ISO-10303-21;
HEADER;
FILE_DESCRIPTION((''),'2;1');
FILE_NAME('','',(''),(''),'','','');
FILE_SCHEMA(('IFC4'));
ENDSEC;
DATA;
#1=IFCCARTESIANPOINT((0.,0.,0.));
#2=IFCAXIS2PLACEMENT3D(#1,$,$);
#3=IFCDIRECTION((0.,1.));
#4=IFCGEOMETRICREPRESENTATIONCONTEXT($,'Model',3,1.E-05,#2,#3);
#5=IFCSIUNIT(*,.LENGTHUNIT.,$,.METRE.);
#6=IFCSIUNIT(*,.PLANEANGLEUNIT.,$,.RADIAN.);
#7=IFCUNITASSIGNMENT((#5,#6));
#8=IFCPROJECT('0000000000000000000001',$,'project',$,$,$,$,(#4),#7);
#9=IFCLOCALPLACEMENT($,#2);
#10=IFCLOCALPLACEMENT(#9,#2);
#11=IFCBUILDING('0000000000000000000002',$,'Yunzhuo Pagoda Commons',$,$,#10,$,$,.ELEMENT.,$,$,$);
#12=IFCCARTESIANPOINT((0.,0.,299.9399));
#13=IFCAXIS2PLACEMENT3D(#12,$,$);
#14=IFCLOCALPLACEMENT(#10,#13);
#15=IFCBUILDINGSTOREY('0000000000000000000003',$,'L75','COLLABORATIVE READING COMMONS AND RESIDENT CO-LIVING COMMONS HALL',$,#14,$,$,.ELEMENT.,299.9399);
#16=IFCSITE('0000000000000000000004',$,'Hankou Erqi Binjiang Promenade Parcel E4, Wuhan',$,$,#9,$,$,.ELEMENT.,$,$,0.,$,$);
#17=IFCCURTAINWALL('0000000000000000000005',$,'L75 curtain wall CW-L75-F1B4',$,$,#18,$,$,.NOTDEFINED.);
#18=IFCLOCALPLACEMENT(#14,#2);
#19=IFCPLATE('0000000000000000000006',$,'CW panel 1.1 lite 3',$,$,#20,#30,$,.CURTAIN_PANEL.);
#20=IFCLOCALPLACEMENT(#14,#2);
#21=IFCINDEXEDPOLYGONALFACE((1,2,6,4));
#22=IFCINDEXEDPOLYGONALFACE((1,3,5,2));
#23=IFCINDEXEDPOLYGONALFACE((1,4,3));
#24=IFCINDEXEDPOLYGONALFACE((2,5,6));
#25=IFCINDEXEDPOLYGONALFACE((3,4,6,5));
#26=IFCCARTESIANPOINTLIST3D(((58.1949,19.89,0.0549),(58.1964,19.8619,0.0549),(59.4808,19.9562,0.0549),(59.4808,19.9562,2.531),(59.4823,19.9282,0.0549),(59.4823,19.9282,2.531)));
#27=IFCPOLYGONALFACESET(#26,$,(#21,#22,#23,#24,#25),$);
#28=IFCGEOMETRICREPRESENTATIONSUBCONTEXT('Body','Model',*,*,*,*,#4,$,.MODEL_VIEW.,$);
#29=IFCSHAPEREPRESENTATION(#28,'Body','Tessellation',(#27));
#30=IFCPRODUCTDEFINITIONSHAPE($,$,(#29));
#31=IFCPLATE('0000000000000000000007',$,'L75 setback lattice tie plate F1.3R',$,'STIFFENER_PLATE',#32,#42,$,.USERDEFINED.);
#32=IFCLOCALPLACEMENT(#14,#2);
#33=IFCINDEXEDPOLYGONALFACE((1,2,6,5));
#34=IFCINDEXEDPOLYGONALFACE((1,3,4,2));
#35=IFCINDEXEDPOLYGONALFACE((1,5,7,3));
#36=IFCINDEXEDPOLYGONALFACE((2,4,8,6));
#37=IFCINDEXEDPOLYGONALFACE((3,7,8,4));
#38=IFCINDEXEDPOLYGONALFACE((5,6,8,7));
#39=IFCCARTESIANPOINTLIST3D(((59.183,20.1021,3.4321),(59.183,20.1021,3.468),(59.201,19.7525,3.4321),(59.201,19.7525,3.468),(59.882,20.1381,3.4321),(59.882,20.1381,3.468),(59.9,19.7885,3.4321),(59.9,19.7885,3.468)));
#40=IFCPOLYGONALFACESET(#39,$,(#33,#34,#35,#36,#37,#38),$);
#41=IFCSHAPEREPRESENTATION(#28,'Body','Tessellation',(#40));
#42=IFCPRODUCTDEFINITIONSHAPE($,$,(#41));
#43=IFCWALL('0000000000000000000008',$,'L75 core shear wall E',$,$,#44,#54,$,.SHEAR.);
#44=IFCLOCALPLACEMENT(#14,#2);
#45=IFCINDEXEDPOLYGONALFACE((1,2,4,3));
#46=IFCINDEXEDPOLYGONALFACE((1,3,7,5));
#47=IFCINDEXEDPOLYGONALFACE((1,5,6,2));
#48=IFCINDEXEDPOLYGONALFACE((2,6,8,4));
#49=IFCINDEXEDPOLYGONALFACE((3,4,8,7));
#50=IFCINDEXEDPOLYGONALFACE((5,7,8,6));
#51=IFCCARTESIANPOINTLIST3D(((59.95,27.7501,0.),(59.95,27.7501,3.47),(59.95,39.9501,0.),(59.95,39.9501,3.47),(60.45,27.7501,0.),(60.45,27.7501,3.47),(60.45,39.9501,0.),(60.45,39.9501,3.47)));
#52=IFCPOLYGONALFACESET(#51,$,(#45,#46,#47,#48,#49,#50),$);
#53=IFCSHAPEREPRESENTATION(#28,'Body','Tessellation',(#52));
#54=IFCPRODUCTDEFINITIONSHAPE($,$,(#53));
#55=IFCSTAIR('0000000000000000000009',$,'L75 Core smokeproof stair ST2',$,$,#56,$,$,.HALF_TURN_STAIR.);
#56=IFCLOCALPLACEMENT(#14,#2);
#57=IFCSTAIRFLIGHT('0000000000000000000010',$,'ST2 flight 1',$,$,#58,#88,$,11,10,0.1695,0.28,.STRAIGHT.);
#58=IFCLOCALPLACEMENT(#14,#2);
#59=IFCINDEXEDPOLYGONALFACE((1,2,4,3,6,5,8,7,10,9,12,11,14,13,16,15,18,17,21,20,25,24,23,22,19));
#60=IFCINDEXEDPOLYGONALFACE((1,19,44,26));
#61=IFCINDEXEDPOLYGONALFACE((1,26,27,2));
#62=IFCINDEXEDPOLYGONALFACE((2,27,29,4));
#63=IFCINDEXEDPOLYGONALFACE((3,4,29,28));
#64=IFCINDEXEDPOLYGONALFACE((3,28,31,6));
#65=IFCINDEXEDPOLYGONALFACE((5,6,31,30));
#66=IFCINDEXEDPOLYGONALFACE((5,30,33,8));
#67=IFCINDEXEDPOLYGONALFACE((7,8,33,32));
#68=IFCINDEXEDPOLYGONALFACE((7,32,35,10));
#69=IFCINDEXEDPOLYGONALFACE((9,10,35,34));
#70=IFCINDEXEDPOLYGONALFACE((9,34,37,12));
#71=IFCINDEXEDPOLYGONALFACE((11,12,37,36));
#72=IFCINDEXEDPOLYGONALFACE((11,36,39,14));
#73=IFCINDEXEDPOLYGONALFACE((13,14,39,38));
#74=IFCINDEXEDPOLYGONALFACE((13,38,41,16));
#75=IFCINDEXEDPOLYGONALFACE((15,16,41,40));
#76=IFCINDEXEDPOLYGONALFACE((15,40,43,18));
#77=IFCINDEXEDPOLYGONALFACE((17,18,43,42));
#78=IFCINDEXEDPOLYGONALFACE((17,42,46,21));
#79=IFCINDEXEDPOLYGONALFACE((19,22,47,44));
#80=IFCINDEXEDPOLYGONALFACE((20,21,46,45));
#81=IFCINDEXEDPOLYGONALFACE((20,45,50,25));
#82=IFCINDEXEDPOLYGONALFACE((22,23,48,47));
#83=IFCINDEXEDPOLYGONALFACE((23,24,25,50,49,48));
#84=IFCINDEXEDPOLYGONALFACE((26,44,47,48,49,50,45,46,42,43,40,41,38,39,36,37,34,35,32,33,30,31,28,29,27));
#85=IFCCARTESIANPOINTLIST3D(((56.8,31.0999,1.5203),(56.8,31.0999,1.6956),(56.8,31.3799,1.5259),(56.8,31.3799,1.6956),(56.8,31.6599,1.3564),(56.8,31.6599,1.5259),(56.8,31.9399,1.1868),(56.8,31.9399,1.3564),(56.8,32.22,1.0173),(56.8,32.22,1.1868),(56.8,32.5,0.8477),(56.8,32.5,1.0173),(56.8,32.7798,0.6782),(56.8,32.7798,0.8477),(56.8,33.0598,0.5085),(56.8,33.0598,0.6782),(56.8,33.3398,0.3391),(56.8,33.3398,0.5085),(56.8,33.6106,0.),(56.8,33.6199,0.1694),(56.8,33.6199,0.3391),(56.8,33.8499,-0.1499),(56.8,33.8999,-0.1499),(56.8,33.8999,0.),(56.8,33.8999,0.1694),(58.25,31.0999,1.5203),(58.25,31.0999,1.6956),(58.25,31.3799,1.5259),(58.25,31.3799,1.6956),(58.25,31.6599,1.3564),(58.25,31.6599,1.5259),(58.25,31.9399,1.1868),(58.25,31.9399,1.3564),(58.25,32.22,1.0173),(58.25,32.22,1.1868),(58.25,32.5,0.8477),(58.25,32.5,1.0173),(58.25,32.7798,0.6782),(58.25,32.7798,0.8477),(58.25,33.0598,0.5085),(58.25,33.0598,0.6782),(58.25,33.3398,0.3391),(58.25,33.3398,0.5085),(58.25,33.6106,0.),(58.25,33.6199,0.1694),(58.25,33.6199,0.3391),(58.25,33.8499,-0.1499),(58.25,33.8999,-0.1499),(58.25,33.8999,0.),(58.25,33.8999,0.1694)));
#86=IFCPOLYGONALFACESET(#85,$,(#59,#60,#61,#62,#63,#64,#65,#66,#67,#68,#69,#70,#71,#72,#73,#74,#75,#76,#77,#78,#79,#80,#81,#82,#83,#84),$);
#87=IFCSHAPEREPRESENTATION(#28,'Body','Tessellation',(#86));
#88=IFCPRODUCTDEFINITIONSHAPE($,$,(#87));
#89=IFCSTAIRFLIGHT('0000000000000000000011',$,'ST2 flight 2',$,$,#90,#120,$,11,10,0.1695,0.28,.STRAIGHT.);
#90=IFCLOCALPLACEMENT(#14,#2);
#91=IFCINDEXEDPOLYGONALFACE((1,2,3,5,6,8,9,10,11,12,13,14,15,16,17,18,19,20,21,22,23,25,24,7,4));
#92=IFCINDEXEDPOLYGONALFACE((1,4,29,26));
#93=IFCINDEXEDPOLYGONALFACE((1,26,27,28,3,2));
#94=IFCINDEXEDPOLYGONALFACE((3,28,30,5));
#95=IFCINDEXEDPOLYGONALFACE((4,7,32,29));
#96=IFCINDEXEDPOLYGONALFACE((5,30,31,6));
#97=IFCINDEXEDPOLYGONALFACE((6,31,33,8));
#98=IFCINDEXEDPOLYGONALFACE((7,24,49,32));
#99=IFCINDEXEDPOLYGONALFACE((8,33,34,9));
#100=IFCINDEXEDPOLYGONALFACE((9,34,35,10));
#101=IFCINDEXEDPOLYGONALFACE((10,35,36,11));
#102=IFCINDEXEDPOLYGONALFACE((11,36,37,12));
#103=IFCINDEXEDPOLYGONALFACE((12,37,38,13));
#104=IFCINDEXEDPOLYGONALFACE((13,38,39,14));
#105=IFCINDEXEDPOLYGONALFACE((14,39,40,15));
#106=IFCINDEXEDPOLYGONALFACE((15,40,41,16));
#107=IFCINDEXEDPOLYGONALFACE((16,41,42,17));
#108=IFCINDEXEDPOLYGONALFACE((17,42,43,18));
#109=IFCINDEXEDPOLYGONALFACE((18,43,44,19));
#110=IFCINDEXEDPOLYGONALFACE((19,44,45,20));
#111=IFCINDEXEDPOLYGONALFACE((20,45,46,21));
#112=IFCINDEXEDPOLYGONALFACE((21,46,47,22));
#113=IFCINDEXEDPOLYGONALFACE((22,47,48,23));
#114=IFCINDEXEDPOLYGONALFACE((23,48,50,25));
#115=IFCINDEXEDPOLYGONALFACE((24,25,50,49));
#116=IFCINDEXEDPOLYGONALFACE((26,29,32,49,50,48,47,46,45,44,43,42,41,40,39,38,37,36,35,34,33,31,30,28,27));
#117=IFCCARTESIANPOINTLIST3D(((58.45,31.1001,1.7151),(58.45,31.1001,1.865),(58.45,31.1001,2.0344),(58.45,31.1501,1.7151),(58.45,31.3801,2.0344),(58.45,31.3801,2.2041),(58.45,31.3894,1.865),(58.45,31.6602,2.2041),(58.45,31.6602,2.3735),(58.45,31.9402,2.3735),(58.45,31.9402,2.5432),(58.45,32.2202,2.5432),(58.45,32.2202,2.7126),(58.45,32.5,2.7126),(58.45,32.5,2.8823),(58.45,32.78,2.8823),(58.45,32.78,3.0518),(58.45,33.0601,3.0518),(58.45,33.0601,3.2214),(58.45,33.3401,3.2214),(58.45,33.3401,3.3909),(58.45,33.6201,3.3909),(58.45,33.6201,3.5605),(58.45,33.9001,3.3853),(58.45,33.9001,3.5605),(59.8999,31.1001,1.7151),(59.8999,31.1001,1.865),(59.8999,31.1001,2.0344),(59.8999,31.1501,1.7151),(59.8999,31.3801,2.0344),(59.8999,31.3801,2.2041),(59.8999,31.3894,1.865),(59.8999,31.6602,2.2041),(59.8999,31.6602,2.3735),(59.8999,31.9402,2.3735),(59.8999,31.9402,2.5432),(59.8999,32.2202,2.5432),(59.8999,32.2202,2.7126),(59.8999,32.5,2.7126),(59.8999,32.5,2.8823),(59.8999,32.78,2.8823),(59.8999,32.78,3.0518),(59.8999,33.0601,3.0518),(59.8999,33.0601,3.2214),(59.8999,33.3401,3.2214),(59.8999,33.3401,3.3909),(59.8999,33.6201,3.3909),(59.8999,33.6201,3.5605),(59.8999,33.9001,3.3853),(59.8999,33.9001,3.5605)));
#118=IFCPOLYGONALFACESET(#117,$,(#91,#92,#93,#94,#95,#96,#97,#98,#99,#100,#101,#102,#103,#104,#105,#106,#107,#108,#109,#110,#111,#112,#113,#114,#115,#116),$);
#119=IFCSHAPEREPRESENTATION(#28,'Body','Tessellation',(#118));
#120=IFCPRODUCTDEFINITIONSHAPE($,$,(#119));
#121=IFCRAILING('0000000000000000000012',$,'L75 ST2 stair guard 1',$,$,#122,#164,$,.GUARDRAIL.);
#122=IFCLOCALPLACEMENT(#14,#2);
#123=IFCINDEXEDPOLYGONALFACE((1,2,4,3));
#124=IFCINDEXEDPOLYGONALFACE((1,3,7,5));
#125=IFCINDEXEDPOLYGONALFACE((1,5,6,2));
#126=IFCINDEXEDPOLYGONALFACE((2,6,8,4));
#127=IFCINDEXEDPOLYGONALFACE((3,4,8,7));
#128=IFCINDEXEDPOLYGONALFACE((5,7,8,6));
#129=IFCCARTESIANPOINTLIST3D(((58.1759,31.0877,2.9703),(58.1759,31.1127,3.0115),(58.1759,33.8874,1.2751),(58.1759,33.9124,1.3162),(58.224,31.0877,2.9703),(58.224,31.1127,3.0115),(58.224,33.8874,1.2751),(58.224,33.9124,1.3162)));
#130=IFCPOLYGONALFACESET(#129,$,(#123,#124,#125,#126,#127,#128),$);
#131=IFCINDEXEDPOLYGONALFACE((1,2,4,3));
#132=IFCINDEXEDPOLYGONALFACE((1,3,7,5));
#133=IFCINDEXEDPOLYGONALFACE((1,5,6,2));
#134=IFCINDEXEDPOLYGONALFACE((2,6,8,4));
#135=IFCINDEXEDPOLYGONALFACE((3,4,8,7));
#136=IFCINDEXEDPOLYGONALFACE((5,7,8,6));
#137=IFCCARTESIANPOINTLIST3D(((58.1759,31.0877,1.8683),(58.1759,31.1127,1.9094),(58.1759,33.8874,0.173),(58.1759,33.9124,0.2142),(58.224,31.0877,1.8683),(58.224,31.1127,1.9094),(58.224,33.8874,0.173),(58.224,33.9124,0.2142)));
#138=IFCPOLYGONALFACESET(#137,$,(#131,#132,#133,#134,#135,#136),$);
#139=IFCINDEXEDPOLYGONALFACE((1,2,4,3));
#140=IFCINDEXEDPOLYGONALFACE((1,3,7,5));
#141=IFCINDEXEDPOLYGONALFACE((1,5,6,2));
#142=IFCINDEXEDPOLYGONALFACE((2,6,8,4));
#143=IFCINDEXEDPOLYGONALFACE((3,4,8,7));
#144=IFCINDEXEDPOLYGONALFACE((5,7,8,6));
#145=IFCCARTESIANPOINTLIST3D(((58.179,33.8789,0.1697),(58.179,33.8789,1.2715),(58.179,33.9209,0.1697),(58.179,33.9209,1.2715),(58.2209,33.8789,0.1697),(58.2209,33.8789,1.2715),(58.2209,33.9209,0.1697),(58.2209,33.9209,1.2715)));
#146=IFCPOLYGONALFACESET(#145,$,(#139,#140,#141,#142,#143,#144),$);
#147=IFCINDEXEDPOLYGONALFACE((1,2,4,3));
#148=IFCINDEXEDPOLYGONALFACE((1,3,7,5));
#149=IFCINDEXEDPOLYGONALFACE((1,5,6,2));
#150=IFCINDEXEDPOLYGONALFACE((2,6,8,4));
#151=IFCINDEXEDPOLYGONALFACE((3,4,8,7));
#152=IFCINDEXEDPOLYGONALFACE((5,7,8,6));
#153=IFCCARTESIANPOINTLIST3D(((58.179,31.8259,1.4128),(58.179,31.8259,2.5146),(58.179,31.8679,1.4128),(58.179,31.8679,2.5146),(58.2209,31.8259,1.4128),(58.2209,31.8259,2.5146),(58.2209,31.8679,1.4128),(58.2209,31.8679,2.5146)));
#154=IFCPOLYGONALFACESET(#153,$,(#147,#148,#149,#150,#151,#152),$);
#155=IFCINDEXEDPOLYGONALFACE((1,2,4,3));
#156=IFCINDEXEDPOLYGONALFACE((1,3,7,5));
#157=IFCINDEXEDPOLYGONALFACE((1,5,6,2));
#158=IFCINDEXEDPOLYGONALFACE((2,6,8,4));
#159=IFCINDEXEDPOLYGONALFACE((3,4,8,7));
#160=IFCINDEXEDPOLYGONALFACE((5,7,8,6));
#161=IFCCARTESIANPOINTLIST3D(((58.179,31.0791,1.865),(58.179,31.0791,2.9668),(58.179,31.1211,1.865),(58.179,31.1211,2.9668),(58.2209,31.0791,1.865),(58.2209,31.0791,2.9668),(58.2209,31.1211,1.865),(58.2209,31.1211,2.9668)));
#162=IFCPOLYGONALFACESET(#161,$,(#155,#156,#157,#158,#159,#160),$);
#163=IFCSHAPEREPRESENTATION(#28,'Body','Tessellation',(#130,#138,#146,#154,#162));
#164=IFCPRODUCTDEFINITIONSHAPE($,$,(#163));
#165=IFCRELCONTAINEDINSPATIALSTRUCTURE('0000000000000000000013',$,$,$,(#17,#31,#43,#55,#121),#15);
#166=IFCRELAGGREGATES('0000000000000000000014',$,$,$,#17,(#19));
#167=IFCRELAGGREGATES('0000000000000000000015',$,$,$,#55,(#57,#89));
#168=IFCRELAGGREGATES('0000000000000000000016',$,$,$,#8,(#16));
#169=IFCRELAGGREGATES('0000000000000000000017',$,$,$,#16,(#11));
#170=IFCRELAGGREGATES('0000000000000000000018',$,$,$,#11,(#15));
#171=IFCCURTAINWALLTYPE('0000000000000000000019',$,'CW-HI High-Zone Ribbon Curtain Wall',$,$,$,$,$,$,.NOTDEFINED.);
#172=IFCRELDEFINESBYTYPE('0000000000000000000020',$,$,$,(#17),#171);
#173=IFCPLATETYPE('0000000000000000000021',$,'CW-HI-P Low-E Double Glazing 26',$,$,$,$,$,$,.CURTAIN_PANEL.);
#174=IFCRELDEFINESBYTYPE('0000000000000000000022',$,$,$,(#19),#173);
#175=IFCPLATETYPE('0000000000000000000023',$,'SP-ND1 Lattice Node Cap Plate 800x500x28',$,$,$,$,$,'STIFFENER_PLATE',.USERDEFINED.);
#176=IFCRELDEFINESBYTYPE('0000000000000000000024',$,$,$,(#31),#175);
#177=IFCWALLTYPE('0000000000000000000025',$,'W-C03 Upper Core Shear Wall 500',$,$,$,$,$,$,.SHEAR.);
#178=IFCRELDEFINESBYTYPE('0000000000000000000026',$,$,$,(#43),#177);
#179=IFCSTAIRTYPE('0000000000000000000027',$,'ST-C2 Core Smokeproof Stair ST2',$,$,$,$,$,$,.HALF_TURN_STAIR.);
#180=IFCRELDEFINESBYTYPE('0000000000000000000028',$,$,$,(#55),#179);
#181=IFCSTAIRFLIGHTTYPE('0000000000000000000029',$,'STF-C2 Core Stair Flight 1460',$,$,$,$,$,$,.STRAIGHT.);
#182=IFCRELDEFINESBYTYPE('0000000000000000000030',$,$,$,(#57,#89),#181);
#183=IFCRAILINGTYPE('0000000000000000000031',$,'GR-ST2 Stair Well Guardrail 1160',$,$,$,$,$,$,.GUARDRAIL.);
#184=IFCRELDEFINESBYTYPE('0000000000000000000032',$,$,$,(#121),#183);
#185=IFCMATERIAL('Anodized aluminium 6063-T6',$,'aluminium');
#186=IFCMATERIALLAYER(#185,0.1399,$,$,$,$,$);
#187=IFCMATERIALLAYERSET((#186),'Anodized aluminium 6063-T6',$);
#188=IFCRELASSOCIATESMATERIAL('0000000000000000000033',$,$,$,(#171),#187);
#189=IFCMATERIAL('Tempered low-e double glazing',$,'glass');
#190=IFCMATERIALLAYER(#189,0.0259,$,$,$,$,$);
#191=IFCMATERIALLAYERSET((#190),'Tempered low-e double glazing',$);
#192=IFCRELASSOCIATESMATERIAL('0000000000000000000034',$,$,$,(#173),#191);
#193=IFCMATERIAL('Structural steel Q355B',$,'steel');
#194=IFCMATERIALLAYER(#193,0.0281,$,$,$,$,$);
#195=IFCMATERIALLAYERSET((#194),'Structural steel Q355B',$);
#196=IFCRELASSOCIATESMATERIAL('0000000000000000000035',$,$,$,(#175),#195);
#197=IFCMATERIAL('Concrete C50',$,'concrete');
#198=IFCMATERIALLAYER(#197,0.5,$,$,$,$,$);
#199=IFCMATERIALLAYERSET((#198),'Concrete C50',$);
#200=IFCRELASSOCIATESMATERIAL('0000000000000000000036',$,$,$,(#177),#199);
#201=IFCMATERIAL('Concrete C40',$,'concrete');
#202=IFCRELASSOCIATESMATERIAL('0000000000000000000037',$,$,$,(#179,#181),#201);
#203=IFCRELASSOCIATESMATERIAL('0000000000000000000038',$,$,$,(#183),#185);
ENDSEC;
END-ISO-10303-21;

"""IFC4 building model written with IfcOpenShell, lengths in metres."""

from ifc_helpers import new_model, si_unit, direction, frame, frame_2d, origin, origin_2d, place, context, subcontext, project, spatial, polyline, rectangle, outline, extrude, source, transform, mapped, material, layer, layer_set, type_object, element, aggregate, save


model = new_model("IFC4")

# Units and contexts
model_context = context("Model", 3, precision=1e-05, world=origin(), true_north=direction((0.0, 1.0)))
body_context = subcontext(model_context, "Body", "Model", "MODEL_VIEW")
ifc_project = project(units=[si_unit("LENGTHUNIT", "METRE"), si_unit("PLANEANGLEUNIT", "RADIAN")], contexts=[model_context])

# Site, building, storey
site_placement = place(None, origin())
site = spatial("IfcSite", under=ifc_project, at=site_placement, Name="Hankou Erqi Binjiang Promenade Parcel E4, Wuhan", CompositionType="ELEMENT", RefElevation=0.0)
building_placement = place(site_placement, origin())
building = spatial("IfcBuilding", under=site, at=building_placement, Name="Yunzhuo Pagoda Commons", CompositionType="ELEMENT")
storey_placement = place(building_placement, frame((0.0, 0.0, 299.9399)))
storey = spatial("IfcBuildingStorey", under=building, at=storey_placement, Name="L75", Description="COLLABORATIVE READING COMMONS AND RESIDENT CO-LIVING COMMONS HALL", CompositionType="ELEMENT", Elevation=299.9399)

# Shared definitions
ifc_material_1 = material(Name="Structural steel Q355B", Category="steel")

# Curtain wall
ifc_material_2 = material(Name="Anodized aluminium 6063-T6", Category="aluminium")
ifc_layer_1 = layer(ifc_material_2, 0.1399)
ifc_layer_set_1 = layer_set([ifc_layer_1], Name="Anodized aluminium 6063-T6")
curtain_wall_type = type_object("IfcCurtainWallType", Name="CW-HI High-Zone Ribbon Curtain Wall", PredefinedType="NOTDEFINED", material=ifc_layer_set_1)
curtain_wall_1_placement = place(storey_placement, origin())
curtain_wall_1 = element("IfcCurtainWall", 1, at=curtain_wall_1_placement, inside=storey, type_object=curtain_wall_type, Name="L75 curtain wall CW-L75-F1B4", PredefinedType="NOTDEFINED")

# Plates
ifc_material_3 = material(Name="Tempered low-e double glazing", Category="glass")
ifc_layer_2 = layer(ifc_material_3, 0.0259)
ifc_layer_set_2 = layer_set([ifc_layer_2], Name="Tempered low-e double glazing")
plate_type_1 = type_object("IfcPlateType", Name="CW-HI-P Low-E Double Glazing 26", PredefinedType="CURTAIN_PANEL", material=ifc_layer_set_2)
plate_1_placement = place(storey_placement, frame((58.8379, 19.9231, 1.293), z_axis=(0.051462, -0.998675, 0.0), x_axis=(0.998675, 0.051462, 0.0)))
plate_1 = element("IfcPlate", 2, at=plate_1_placement, type_object=plate_type_1, Name="CW panel 1.1 lite 3", PredefinedType="CURTAIN_PANEL", context=body_context, shape_type="SweptSolid", body=[
    extrude(outline(polyline([(-0.6438, -1.238), (0.6438, -1.238), (0.6438, 1.238), (-0.6438, -1.238)])), origin(), (0.0, 0.0, 1.0), 0.0281),
])
aggregate(curtain_wall_1, [plate_1])
ifc_layer_3 = layer(ifc_material_1, 0.0281)
ifc_layer_set_3 = layer_set([ifc_layer_3], Name="Structural steel Q355B")
plate_type_2 = type_object("IfcPlateType", Name="SP-ND1 Lattice Node Cap Plate 800x500x28", ElementType="STIFFENER_PLATE", PredefinedType="USERDEFINED", material=ifc_layer_set_3)
shared_shape_1 = source(origin(), body_context, "Body", "SweptSolid", [
    extrude(rectangle(XDim=0.7, YDim=0.3501, at=origin_2d()), origin(), (0.0, 0.0, 1.0), 0.0359),
])
plate_2_placement = place(storey_placement, frame((59.5415, 19.9453, 3.4321), z_axis=(0.0, 0.0, 1.0), x_axis=(0.998675, 0.051464, 0.0)))
element("IfcPlate", 3, at=plate_2_placement, inside=storey, type_object=plate_type_2, Name="L75 setback lattice tie plate F1.3R", ObjectType="STIFFENER_PLATE", PredefinedType="USERDEFINED", context=body_context, shape_type="MappedRepresentation", body=[
    mapped(shared_shape_1, transform((0.0, 0.0, 0.0), scale=1.0)),
])

# Wall
ifc_material_4 = material(Name="Concrete C50", Category="concrete")
ifc_layer_4 = layer(ifc_material_4, 0.5)
ifc_layer_set_4 = layer_set([ifc_layer_4], Name="Concrete C50")
wall_type = type_object("IfcWallType", Name="W-C03 Upper Core Shear Wall 500", PredefinedType="SHEAR", material=ifc_layer_set_4)
wall_placement = place(storey_placement, frame((60.2, 27.75, 0.0), z_axis=(0.0, 0.0, 1.0), x_axis=(0.0, 1.0, 0.0)))
element("IfcWall", 4, at=wall_placement, inside=storey, type_object=wall_type, Name="L75 core shear wall E", PredefinedType="SHEAR", context=body_context, shape_type="SweptSolid", body=[
    extrude(rectangle(XDim=12.2, YDim=0.5, at=frame_2d((6.1001, 0.0))), origin(), (0.0, 0.0, 1.0), 3.47),
])

# Stair, stair flights
ifc_material_5 = material(Name="Concrete C40", Category="concrete")
stair_type = type_object("IfcStairType", Name="ST-C2 Core Smokeproof Stair ST2", PredefinedType="HALF_TURN_STAIR", material=ifc_material_5)
stair_placement = place(storey_placement, origin())
stair = element("IfcStair", 5, at=stair_placement, inside=storey, type_object=stair_type, Name="L75 Core smokeproof stair ST2", PredefinedType="HALF_TURN_STAIR")
stair_flight_type = type_object("IfcStairFlightType", Name="STF-C2 Core Stair Flight 1460", PredefinedType="STRAIGHT", material=ifc_material_5)
shared_shape_2 = source(origin(), body_context, "Body", "SweptSolid", [
    extrude(outline(polyline([(0.0, -0.1499), (0.0, 0.0), (0.0, 0.1694), (0.28, 0.1694), (0.28, 0.3391), (0.5601, 0.3391), (0.5601, 0.5085), (0.8401, 0.5085), (0.8401, 0.6782), (1.1201, 0.6782), (1.1201, 0.8477), (1.3999, 0.8477), (1.3999, 1.0173), (1.6799, 1.0173), (1.6799, 1.1868), (1.96, 1.1868), (1.96, 1.3564), (2.24, 1.3564), (2.24, 1.5259), (2.52, 1.5259), (2.52, 1.6956), (2.8, 1.6956), (2.8, 1.865), (2.8, 1.5203), (0.2893, 0.0), (0.05, -0.1499), (0.0, -0.1499)])), frame((0.0, 0.7251, 0.0), z_axis=(0.0, -1.0, 0.0), x_axis=(1.0, 0.0, 0.0)), (0.0, 0.0, 1.0), 1.45),
])
stair_flight_1_placement = place(storey_placement, frame((57.5249, 33.8999, 0.0), z_axis=(0.0, 0.0, 1.0), x_axis=(0.0, -1.0, 0.0)))
stair_flight_1 = element("IfcStairFlight", 6, at=stair_flight_1_placement, type_object=stair_flight_type, Name="ST2 flight 1", NumberOfRisers=11, NumberOfTreads=10, PredefinedType="STRAIGHT", RiserHeight=0.1695, TreadLength=0.28, context=body_context, shape_type="MappedRepresentation", body=[
    mapped(shared_shape_2, transform((0.0, 0.0, 0.0), scale=1.0)),
])
stair_flight_2_placement = place(storey_placement, frame((59.175, 31.1001, 1.865), z_axis=(0.0, 0.0, 1.0), x_axis=(0.0, 1.0, 0.0)))
stair_flight_2 = element("IfcStairFlight", 7, at=stair_flight_2_placement, type_object=stair_flight_type, Name="ST2 flight 2", NumberOfRisers=11, NumberOfTreads=10, PredefinedType="STRAIGHT", RiserHeight=0.1695, TreadLength=0.28, context=body_context, shape_type="MappedRepresentation", body=[
    mapped(shared_shape_2, transform((0.0, 0.0, 0.0), scale=1.0)),
])
aggregate(stair, [stair_flight_1, stair_flight_2])

# Railing
railing_type_1 = type_object("IfcRailingType", Name="GR-ST2 Stair Well Guardrail 1160", PredefinedType="GUARDRAIL", material=ifc_material_2)
railing_1_placement = place(storey_placement, frame((58.2, 33.8999, 0.1697)))
element("IfcRailing", 8, at=railing_1_placement, inside=storey, type_object=railing_type_1, Name="L75 ST2 stair guard 1", PredefinedType="GUARDRAIL", context=body_context, shape_type="SweptSolid", body=[
    extrude(rectangle(XDim=0.0481, YDim=0.0481, at=origin_2d()), frame((0.0, 0.0, 1.126), z_axis=(0.0, -0.855406, 0.517958), x_axis=(1.0, 0.0, 0.0)), (0.0, 0.0, 1.0), 3.2729),
    extrude(rectangle(XDim=0.0481, YDim=0.0481, at=origin_2d()), frame((0.0, 0.0, 0.0239), z_axis=(0.0, -0.855406, 0.517958), x_axis=(1.0, 0.0, 0.0)), (0.0, 0.0, 1.0), 3.2729),
    extrude(rectangle(XDim=0.042, YDim=0.042, at=origin_2d()), origin(), (0.0, 0.0, 1.0), 1.1018),
    extrude(rectangle(XDim=0.042, YDim=0.042, at=origin_2d()), frame((0.0, -2.053, 1.2432)), (0.0, 0.0, 1.0), 1.1018),
    extrude(rectangle(XDim=0.042, YDim=0.042, at=origin_2d()), frame((0.0, -2.7998, 1.6953)), (0.0, 0.0, 1.0), 1.1018),
])

save(model, "model.ifc")
